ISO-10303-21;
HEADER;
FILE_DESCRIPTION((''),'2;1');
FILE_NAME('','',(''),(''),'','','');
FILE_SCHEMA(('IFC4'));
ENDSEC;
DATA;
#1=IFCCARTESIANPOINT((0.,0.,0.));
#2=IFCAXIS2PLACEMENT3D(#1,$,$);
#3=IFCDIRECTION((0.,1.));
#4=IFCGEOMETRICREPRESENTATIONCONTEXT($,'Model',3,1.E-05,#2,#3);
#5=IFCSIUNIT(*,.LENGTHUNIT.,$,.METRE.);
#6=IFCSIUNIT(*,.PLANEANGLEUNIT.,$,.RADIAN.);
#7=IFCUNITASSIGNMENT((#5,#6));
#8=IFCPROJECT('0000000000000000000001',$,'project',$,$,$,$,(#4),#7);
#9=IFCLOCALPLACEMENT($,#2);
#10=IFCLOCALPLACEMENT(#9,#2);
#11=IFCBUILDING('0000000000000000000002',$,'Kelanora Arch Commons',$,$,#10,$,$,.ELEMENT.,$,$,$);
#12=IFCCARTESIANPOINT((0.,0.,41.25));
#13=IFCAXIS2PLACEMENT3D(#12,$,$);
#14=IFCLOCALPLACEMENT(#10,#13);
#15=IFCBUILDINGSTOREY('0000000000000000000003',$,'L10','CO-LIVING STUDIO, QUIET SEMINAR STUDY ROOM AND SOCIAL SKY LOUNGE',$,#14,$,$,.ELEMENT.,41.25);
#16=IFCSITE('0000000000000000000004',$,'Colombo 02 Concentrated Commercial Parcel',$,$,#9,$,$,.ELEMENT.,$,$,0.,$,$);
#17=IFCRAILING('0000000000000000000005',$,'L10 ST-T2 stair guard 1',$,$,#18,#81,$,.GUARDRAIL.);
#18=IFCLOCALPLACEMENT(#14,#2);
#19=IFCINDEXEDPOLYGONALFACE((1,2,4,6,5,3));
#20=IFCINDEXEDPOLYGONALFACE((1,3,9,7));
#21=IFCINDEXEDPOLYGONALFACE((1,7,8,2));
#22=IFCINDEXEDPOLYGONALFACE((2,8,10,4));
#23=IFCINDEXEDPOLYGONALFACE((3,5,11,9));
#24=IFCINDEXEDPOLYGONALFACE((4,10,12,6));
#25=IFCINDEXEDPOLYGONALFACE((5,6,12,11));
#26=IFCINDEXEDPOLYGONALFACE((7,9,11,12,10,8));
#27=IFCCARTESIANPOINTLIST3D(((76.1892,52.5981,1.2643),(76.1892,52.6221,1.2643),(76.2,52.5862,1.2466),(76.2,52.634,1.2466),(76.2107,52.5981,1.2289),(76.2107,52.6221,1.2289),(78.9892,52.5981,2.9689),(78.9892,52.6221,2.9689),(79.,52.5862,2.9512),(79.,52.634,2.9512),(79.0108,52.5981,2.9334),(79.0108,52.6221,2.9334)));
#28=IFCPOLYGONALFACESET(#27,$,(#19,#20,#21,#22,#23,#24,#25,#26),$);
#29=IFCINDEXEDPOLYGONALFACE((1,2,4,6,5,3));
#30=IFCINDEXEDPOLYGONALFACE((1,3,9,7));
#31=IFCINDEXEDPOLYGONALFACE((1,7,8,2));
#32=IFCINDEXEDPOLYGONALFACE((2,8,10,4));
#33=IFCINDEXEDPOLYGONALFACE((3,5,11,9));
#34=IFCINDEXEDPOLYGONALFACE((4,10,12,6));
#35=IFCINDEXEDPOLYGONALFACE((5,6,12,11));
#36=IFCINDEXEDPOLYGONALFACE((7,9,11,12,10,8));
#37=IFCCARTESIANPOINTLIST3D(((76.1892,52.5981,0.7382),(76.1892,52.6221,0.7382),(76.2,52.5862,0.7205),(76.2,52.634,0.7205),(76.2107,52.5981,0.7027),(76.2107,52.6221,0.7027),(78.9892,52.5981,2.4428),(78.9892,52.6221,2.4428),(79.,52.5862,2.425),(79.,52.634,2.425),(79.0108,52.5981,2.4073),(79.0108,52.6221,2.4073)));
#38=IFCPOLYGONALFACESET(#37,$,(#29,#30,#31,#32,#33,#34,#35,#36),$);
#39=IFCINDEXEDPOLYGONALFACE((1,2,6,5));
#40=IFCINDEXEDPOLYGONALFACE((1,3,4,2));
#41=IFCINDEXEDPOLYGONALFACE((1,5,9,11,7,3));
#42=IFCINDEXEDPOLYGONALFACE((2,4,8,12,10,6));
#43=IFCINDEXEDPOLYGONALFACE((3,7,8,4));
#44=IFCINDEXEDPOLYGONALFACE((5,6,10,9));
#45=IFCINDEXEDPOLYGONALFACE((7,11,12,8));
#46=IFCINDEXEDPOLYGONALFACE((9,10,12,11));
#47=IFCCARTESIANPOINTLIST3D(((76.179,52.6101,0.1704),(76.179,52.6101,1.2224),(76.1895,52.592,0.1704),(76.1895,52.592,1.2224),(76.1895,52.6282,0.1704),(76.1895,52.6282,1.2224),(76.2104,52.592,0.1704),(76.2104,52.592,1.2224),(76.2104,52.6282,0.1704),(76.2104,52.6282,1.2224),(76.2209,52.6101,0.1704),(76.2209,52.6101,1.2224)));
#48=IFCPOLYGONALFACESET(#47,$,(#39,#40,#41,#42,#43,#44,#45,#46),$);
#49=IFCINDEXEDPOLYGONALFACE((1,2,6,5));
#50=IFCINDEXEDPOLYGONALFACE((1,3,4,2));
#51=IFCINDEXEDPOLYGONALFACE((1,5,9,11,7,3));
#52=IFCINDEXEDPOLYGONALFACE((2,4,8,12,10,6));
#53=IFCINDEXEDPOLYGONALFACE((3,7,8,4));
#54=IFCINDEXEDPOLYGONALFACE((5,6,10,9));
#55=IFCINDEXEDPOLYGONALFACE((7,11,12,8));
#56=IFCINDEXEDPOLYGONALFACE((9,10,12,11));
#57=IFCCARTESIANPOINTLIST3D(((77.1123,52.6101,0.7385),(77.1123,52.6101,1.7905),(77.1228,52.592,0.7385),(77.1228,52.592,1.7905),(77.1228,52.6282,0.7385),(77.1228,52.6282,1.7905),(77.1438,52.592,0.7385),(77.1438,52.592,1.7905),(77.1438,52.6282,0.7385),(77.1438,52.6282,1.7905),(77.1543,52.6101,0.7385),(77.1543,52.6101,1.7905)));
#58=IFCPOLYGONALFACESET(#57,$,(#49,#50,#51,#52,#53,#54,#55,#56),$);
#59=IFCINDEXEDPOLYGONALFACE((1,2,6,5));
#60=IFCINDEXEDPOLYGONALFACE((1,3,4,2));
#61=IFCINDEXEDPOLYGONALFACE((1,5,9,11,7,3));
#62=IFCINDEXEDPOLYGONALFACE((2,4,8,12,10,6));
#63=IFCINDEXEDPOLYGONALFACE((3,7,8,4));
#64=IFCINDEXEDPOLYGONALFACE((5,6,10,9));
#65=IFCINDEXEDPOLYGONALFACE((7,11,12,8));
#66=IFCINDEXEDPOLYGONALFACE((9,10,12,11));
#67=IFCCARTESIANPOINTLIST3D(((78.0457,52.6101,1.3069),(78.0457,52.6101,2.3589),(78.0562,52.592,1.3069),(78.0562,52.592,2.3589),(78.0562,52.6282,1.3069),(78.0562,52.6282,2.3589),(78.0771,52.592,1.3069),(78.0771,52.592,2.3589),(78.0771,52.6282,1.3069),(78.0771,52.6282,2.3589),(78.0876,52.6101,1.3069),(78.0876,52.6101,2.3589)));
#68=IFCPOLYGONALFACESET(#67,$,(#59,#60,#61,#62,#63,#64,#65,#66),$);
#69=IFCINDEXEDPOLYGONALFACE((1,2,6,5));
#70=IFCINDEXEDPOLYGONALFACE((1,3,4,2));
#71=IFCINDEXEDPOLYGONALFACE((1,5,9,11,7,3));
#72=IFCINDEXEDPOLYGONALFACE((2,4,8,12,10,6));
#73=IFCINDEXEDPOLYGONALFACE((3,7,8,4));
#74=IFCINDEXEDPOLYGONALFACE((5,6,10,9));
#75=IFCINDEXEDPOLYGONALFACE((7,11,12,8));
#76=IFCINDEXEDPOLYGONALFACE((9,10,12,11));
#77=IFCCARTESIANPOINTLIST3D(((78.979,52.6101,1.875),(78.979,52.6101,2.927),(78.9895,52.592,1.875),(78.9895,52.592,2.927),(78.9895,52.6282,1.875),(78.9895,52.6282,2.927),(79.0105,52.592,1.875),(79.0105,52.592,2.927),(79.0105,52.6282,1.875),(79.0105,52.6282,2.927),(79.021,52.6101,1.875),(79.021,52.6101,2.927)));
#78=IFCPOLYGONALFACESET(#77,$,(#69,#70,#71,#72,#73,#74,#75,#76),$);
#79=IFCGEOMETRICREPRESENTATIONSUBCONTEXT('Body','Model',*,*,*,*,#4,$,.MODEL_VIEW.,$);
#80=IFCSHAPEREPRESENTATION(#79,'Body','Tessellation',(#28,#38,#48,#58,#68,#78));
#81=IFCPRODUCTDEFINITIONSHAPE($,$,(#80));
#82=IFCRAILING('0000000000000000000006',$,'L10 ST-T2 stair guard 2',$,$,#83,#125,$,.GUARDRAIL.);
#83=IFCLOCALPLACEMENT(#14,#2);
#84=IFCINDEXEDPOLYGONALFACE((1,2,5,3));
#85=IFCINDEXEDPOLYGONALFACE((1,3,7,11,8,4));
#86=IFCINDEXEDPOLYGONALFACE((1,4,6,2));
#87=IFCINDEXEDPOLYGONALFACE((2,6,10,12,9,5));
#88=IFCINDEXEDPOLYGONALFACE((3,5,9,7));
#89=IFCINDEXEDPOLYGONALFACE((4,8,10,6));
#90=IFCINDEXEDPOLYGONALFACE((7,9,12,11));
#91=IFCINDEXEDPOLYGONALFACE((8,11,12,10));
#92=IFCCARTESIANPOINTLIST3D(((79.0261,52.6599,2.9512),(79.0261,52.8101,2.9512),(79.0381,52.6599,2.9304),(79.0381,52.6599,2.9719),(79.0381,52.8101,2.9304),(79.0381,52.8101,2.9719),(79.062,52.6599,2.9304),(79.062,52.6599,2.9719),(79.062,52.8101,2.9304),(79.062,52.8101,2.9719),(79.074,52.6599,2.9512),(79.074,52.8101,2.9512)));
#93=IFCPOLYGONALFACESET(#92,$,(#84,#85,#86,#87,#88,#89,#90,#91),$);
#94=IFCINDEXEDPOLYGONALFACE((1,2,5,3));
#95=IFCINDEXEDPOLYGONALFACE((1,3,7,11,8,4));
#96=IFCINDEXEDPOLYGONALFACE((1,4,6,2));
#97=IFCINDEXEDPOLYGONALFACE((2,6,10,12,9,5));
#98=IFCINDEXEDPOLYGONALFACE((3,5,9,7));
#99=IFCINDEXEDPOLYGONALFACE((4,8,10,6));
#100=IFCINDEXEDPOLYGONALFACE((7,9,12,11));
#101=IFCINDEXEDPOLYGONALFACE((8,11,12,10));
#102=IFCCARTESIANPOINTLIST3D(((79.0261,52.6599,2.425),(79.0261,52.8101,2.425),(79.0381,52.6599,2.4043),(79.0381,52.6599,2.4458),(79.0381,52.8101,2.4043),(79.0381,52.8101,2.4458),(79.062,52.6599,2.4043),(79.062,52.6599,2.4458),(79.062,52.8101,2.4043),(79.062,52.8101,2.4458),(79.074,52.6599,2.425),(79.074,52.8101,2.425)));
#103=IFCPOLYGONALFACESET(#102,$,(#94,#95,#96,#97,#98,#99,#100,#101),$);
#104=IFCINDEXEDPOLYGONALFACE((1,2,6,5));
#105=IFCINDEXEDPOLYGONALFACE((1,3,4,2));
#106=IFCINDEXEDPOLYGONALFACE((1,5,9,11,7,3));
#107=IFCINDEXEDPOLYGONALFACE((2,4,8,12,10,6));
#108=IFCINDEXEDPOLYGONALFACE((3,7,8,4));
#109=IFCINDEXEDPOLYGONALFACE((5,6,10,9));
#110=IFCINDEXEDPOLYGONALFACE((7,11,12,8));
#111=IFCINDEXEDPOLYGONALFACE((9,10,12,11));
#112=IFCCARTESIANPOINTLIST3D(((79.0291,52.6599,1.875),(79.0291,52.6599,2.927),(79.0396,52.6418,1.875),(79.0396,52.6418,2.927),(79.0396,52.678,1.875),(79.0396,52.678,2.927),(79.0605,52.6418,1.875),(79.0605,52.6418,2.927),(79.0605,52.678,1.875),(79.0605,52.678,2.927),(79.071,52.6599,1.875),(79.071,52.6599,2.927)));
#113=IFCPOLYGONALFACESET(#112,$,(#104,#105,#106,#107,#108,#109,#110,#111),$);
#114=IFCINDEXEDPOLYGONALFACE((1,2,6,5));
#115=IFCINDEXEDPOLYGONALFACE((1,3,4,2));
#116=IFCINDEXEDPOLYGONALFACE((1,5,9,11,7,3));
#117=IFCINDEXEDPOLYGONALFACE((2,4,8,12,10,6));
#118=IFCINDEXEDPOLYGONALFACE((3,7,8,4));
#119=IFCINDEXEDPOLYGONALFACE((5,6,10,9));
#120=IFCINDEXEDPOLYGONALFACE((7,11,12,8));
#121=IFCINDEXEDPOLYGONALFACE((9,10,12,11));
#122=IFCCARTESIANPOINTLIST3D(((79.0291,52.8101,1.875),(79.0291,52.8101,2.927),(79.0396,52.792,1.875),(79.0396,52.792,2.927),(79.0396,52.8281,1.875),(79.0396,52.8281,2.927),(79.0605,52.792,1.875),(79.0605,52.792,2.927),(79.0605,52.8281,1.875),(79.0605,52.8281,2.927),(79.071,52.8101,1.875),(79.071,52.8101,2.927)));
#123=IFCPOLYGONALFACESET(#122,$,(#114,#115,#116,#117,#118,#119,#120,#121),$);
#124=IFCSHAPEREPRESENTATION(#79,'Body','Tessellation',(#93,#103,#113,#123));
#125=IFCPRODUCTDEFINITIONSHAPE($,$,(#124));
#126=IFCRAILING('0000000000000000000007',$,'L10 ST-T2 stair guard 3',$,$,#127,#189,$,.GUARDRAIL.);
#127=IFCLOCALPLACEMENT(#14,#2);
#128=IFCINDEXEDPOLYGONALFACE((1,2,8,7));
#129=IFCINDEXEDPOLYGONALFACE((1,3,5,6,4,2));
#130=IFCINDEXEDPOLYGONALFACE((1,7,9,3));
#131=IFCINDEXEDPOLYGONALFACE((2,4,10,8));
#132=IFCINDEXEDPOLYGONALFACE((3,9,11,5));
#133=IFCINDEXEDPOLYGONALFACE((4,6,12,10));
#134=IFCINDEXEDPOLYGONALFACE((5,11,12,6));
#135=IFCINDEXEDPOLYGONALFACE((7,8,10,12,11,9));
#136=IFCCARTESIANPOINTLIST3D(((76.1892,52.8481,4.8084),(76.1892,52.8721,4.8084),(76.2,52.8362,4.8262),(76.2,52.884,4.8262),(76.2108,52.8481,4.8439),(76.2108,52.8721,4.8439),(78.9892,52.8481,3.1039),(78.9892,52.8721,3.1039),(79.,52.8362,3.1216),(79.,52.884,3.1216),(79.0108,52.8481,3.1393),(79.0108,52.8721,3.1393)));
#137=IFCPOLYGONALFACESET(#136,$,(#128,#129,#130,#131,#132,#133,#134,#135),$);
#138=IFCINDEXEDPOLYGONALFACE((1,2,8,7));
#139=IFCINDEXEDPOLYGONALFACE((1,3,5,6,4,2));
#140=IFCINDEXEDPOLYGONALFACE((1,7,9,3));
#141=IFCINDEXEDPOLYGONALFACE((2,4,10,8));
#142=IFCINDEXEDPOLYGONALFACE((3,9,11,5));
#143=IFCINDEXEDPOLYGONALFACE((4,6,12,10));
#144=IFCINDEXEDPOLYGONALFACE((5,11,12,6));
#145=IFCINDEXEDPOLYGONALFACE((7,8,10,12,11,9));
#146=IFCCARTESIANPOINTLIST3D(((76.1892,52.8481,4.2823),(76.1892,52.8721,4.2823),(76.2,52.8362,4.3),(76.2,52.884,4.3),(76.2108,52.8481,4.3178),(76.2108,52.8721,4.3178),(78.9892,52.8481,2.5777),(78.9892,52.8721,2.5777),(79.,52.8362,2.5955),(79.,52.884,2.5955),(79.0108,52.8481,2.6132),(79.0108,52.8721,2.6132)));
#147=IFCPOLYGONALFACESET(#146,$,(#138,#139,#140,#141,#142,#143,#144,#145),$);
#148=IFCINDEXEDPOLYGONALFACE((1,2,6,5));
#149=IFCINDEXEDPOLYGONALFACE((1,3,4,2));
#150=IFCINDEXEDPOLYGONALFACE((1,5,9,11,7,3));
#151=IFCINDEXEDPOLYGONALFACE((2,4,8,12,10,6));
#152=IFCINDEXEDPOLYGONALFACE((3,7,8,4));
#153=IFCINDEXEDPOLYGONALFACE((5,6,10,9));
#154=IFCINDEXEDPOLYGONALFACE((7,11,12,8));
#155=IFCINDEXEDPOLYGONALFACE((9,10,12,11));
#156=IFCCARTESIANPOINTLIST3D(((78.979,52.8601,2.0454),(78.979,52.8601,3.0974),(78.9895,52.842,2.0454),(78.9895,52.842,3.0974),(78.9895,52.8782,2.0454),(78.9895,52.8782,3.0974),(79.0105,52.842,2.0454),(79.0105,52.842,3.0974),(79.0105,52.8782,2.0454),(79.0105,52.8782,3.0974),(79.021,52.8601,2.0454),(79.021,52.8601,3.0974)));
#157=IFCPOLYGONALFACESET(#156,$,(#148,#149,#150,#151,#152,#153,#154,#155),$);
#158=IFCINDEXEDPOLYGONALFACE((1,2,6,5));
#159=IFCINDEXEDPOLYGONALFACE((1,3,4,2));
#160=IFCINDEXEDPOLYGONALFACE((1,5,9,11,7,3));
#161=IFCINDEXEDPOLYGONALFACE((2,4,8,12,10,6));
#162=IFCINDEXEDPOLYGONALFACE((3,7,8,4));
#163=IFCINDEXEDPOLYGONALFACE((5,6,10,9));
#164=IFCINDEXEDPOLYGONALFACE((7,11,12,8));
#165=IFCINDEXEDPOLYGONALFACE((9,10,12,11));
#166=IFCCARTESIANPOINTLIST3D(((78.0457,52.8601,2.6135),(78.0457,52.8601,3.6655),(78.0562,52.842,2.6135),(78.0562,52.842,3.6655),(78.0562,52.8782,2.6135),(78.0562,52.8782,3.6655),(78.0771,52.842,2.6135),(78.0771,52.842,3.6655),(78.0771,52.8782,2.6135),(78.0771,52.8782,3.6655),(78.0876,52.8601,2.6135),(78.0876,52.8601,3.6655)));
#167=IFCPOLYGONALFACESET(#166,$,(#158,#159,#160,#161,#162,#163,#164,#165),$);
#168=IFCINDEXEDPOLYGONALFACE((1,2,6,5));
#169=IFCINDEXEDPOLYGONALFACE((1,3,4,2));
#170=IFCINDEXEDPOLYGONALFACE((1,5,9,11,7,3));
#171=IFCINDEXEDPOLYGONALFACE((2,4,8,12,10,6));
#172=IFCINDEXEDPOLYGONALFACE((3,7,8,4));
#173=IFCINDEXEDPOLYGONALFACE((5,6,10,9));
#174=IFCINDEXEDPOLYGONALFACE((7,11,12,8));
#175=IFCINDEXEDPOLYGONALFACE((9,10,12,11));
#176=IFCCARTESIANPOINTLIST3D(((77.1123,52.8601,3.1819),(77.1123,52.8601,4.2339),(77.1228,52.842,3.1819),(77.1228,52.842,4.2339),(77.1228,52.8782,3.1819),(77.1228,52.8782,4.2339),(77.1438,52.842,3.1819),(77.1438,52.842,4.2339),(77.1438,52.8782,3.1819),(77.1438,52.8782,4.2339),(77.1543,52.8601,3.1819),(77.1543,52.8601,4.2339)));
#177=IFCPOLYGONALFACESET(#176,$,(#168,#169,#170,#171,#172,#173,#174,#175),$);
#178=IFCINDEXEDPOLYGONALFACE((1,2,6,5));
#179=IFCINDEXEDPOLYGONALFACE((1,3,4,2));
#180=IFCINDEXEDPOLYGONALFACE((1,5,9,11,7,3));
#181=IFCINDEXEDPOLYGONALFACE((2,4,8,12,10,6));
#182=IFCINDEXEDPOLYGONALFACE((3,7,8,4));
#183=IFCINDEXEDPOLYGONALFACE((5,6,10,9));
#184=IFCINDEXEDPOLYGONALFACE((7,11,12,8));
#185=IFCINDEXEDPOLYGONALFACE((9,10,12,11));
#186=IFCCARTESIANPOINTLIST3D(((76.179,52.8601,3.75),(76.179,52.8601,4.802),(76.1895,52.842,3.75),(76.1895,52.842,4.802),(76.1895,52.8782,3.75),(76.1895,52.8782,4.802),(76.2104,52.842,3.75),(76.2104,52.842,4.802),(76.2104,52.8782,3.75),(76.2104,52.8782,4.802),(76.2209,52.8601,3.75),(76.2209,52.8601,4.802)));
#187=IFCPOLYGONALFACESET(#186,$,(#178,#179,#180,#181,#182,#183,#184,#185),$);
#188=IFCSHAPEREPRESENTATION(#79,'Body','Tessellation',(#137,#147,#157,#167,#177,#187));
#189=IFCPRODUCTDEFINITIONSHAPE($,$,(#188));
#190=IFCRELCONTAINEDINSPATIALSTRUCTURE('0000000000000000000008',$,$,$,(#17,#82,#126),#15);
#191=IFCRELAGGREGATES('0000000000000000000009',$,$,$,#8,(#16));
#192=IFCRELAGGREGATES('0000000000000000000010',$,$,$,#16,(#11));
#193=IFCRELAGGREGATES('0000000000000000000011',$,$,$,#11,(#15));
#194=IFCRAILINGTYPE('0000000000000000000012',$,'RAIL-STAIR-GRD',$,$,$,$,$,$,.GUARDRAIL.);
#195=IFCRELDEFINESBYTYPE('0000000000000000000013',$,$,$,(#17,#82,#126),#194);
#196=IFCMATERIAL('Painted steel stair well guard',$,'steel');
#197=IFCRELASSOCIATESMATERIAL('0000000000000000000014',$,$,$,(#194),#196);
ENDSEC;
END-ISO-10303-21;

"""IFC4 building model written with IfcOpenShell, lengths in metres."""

from ifc_helpers import new_model, si_unit, direction, frame, origin, place, context, subcontext, project, spatial, polyline, outline, extrude, material, type_object, element, save


model = new_model("IFC4")

# Units and contexts
model_context = context("Model", 3, precision=1e-05, world=origin(), true_north=direction((0.0, 1.0)))
body_context = subcontext(model_context, "Body", "Model", "MODEL_VIEW")
ifc_project = project(units=[si_unit("LENGTHUNIT", "METRE"), si_unit("PLANEANGLEUNIT", "RADIAN")], contexts=[model_context])

# Site, building, storey
site_placement = place(None, origin())
site = spatial("IfcSite", under=ifc_project, at=site_placement, Name="Colombo 02 Concentrated Commercial Parcel", CompositionType="ELEMENT", RefElevation=0.0)
building_placement = place(site_placement, origin())
building = spatial("IfcBuilding", under=site, at=building_placement, Name="Kelanora Arch Commons", CompositionType="ELEMENT")
storey_placement = place(building_placement, frame((0.0, 0.0, 41.25)))
storey = spatial("IfcBuildingStorey", under=building, at=storey_placement, Name="L10", Description="CO-LIVING STUDIO, QUIET SEMINAR STUDY ROOM AND SOCIAL SKY LOUNGE", CompositionType="ELEMENT", Elevation=41.25)

# Railings
ifc_material_1 = material(Name="Painted steel stair well guard", Category="steel")
railing_type_1 = type_object("IfcRailingType", Name="RAIL-STAIR-GRD", PredefinedType="GUARDRAIL", material=ifc_material_1)
railing_1_placement = place(storey_placement, frame((76.2, 52.6101, 0.1704)))
element("IfcRailing", 1, at=railing_1_placement, inside=storey, type_object=railing_type_1, Name="L10 ST-T2 stair guard 1", PredefinedType="GUARDRAIL", context=body_context, shape_type="SweptSolid", body=[
    extrude(outline(polyline([(0.0239, 0.0), (0.012, 0.0208), (-0.012, 0.0208), (-0.0239, 0.0), (-0.012, -0.0208), (0.012, -0.0208), (0.0239, 0.0)])), frame((0.0, 0.0, 1.0762), z_axis=(0.85417, 0.0, 0.519994), x_axis=(0.0, 1.0, 0.0)), (0.0, 0.0, 1.0), 3.2781),
    extrude(outline(polyline([(0.0239, 0.0), (0.012, 0.0208), (-0.012, 0.0208), (-0.0239, 0.0), (-0.012, -0.0208), (0.012, -0.0208), (0.0239, 0.0)])), frame((0.0, 0.0, 0.55), z_axis=(0.85417, 0.0, 0.519994), x_axis=(0.0, 1.0, 0.0)), (0.0, 0.0, 1.0), 3.2781),
    extrude(outline(polyline([(0.021, 0.0), (0.0105, 0.0181), (-0.0105, 0.0181), (-0.021, 0.0), (-0.0105, -0.0181), (0.0105, -0.0181), (0.021, 0.0)])), origin(), (0.0, 0.0, 1.0), 1.052),
    extrude(outline(polyline([(0.021, 0.0), (0.0105, 0.0181), (-0.0105, 0.0181), (-0.021, 0.0), (-0.0105, -0.0181), (0.0105, -0.0181), (0.021, 0.0)])), frame((0.9333, 0.0, 0.5681)), (0.0, 0.0, 1.0), 1.052),
    extrude(outline(polyline([(0.021, 0.0), (0.0105, 0.0181), (-0.0105, 0.0181), (-0.021, 0.0), (-0.0105, -0.0181), (0.0105, -0.0181), (0.021, 0.0)])), frame((1.8667, 0.0, 1.1365)), (0.0, 0.0, 1.0), 1.052),
    extrude(outline(polyline([(0.021, 0.0), (0.0105, 0.0181), (-0.0105, 0.0181), (-0.021, 0.0), (-0.0105, -0.0181), (0.0105, -0.0181), (0.021, 0.0)])), frame((2.8, 0.0, 1.7046)), (0.0, 0.0, 1.0), 1.052),
])
railing_2_placement = place(storey_placement, frame((79.05, 52.6599, 1.875)))
element("IfcRailing", 2, at=railing_2_placement, inside=storey, type_object=railing_type_1, Name="L10 ST-T2 stair guard 2", PredefinedType="GUARDRAIL", context=body_context, shape_type="SweptSolid", body=[
    extrude(outline(polyline([(0.0239, 0.0), (0.012, 0.0208), (-0.012, 0.0208), (-0.0239, 0.0), (-0.012, -0.0208), (0.012, -0.0208), (0.0239, 0.0)])), frame((0.0, 0.0, 1.0762), z_axis=(0.0, 1.0, 0.0), x_axis=(-1.0, 0.0, 0.0)), (0.0, 0.0, 1.0), 0.1501),
    extrude(outline(polyline([(0.0239, 0.0), (0.012, 0.0208), (-0.012, 0.0208), (-0.0239, 0.0), (-0.012, -0.0208), (0.012, -0.0208), (0.0239, 0.0)])), frame((0.0, 0.0, 0.55), z_axis=(0.0, 1.0, 0.0), x_axis=(-1.0, 0.0, 0.0)), (0.0, 0.0, 1.0), 0.1501),
    extrude(outline(polyline([(0.021, 0.0), (0.0105, 0.0181), (-0.0105, 0.0181), (-0.021, 0.0), (-0.0105, -0.0181), (0.0105, -0.0181), (0.021, 0.0)])), origin(), (0.0, 0.0, 1.0), 1.052),
    extrude(outline(polyline([(0.021, 0.0), (0.0105, 0.0181), (-0.0105, 0.0181), (-0.021, 0.0), (-0.0105, -0.0181), (0.0105, -0.0181), (0.021, 0.0)])), frame((0.0, 0.1501, 0.0)), (0.0, 0.0, 1.0), 1.052),
])
railing_3_placement = place(storey_placement, frame((79.0, 52.8601, 2.0454)))
element("IfcRailing", 3, at=railing_3_placement, inside=storey, type_object=railing_type_1, Name="L10 ST-T2 stair guard 3", PredefinedType="GUARDRAIL", context=body_context, shape_type="SweptSolid", body=[
    extrude(outline(polyline([(0.0239, 0.0), (0.012, 0.0208), (-0.012, 0.0208), (-0.0239, 0.0), (-0.012, -0.0208), (0.012, -0.0208), (0.0239, 0.0)])), frame((0.0, 0.0, 1.0762), z_axis=(-0.85417, 0.0, 0.519994), x_axis=(0.0, -1.0, 0.0)), (0.0, 0.0, 1.0), 3.2781),
    extrude(outline(polyline([(0.0239, 0.0), (0.012, 0.0208), (-0.012, 0.0208), (-0.0239, 0.0), (-0.012, -0.0208), (0.012, -0.0208), (0.0239, 0.0)])), frame((0.0, 0.0, 0.55), z_axis=(-0.85417, 0.0, 0.519994), x_axis=(0.0, -1.0, 0.0)), (0.0, 0.0, 1.0), 3.2781),
    extrude(outline(polyline([(0.021, 0.0), (0.0105, 0.0181), (-0.0105, 0.0181), (-0.021, 0.0), (-0.0105, -0.0181), (0.0105, -0.0181), (0.021, 0.0)])), origin(), (0.0, 0.0, 1.0), 1.052),
    extrude(outline(polyline([(0.021, 0.0), (0.0105, 0.0181), (-0.0105, 0.0181), (-0.021, 0.0), (-0.0105, -0.0181), (0.0105, -0.0181), (0.021, 0.0)])), frame((-0.9333, 0.0, 0.5681)), (0.0, 0.0, 1.0), 1.052),
    extrude(outline(polyline([(0.021, 0.0), (0.0105, 0.0181), (-0.0105, 0.0181), (-0.021, 0.0), (-0.0105, -0.0181), (0.0105, -0.0181), (0.021, 0.0)])), frame((-1.8667, 0.0, 1.1365)), (0.0, 0.0, 1.0), 1.052),
    extrude(outline(polyline([(0.021, 0.0), (0.0105, 0.0181), (-0.0105, 0.0181), (-0.021, 0.0), (-0.0105, -0.0181), (0.0105, -0.0181), (0.021, 0.0)])), frame((-2.8, 0.0, 1.7046)), (0.0, 0.0, 1.0), 1.052),
])

save(model, "model.ifc")
